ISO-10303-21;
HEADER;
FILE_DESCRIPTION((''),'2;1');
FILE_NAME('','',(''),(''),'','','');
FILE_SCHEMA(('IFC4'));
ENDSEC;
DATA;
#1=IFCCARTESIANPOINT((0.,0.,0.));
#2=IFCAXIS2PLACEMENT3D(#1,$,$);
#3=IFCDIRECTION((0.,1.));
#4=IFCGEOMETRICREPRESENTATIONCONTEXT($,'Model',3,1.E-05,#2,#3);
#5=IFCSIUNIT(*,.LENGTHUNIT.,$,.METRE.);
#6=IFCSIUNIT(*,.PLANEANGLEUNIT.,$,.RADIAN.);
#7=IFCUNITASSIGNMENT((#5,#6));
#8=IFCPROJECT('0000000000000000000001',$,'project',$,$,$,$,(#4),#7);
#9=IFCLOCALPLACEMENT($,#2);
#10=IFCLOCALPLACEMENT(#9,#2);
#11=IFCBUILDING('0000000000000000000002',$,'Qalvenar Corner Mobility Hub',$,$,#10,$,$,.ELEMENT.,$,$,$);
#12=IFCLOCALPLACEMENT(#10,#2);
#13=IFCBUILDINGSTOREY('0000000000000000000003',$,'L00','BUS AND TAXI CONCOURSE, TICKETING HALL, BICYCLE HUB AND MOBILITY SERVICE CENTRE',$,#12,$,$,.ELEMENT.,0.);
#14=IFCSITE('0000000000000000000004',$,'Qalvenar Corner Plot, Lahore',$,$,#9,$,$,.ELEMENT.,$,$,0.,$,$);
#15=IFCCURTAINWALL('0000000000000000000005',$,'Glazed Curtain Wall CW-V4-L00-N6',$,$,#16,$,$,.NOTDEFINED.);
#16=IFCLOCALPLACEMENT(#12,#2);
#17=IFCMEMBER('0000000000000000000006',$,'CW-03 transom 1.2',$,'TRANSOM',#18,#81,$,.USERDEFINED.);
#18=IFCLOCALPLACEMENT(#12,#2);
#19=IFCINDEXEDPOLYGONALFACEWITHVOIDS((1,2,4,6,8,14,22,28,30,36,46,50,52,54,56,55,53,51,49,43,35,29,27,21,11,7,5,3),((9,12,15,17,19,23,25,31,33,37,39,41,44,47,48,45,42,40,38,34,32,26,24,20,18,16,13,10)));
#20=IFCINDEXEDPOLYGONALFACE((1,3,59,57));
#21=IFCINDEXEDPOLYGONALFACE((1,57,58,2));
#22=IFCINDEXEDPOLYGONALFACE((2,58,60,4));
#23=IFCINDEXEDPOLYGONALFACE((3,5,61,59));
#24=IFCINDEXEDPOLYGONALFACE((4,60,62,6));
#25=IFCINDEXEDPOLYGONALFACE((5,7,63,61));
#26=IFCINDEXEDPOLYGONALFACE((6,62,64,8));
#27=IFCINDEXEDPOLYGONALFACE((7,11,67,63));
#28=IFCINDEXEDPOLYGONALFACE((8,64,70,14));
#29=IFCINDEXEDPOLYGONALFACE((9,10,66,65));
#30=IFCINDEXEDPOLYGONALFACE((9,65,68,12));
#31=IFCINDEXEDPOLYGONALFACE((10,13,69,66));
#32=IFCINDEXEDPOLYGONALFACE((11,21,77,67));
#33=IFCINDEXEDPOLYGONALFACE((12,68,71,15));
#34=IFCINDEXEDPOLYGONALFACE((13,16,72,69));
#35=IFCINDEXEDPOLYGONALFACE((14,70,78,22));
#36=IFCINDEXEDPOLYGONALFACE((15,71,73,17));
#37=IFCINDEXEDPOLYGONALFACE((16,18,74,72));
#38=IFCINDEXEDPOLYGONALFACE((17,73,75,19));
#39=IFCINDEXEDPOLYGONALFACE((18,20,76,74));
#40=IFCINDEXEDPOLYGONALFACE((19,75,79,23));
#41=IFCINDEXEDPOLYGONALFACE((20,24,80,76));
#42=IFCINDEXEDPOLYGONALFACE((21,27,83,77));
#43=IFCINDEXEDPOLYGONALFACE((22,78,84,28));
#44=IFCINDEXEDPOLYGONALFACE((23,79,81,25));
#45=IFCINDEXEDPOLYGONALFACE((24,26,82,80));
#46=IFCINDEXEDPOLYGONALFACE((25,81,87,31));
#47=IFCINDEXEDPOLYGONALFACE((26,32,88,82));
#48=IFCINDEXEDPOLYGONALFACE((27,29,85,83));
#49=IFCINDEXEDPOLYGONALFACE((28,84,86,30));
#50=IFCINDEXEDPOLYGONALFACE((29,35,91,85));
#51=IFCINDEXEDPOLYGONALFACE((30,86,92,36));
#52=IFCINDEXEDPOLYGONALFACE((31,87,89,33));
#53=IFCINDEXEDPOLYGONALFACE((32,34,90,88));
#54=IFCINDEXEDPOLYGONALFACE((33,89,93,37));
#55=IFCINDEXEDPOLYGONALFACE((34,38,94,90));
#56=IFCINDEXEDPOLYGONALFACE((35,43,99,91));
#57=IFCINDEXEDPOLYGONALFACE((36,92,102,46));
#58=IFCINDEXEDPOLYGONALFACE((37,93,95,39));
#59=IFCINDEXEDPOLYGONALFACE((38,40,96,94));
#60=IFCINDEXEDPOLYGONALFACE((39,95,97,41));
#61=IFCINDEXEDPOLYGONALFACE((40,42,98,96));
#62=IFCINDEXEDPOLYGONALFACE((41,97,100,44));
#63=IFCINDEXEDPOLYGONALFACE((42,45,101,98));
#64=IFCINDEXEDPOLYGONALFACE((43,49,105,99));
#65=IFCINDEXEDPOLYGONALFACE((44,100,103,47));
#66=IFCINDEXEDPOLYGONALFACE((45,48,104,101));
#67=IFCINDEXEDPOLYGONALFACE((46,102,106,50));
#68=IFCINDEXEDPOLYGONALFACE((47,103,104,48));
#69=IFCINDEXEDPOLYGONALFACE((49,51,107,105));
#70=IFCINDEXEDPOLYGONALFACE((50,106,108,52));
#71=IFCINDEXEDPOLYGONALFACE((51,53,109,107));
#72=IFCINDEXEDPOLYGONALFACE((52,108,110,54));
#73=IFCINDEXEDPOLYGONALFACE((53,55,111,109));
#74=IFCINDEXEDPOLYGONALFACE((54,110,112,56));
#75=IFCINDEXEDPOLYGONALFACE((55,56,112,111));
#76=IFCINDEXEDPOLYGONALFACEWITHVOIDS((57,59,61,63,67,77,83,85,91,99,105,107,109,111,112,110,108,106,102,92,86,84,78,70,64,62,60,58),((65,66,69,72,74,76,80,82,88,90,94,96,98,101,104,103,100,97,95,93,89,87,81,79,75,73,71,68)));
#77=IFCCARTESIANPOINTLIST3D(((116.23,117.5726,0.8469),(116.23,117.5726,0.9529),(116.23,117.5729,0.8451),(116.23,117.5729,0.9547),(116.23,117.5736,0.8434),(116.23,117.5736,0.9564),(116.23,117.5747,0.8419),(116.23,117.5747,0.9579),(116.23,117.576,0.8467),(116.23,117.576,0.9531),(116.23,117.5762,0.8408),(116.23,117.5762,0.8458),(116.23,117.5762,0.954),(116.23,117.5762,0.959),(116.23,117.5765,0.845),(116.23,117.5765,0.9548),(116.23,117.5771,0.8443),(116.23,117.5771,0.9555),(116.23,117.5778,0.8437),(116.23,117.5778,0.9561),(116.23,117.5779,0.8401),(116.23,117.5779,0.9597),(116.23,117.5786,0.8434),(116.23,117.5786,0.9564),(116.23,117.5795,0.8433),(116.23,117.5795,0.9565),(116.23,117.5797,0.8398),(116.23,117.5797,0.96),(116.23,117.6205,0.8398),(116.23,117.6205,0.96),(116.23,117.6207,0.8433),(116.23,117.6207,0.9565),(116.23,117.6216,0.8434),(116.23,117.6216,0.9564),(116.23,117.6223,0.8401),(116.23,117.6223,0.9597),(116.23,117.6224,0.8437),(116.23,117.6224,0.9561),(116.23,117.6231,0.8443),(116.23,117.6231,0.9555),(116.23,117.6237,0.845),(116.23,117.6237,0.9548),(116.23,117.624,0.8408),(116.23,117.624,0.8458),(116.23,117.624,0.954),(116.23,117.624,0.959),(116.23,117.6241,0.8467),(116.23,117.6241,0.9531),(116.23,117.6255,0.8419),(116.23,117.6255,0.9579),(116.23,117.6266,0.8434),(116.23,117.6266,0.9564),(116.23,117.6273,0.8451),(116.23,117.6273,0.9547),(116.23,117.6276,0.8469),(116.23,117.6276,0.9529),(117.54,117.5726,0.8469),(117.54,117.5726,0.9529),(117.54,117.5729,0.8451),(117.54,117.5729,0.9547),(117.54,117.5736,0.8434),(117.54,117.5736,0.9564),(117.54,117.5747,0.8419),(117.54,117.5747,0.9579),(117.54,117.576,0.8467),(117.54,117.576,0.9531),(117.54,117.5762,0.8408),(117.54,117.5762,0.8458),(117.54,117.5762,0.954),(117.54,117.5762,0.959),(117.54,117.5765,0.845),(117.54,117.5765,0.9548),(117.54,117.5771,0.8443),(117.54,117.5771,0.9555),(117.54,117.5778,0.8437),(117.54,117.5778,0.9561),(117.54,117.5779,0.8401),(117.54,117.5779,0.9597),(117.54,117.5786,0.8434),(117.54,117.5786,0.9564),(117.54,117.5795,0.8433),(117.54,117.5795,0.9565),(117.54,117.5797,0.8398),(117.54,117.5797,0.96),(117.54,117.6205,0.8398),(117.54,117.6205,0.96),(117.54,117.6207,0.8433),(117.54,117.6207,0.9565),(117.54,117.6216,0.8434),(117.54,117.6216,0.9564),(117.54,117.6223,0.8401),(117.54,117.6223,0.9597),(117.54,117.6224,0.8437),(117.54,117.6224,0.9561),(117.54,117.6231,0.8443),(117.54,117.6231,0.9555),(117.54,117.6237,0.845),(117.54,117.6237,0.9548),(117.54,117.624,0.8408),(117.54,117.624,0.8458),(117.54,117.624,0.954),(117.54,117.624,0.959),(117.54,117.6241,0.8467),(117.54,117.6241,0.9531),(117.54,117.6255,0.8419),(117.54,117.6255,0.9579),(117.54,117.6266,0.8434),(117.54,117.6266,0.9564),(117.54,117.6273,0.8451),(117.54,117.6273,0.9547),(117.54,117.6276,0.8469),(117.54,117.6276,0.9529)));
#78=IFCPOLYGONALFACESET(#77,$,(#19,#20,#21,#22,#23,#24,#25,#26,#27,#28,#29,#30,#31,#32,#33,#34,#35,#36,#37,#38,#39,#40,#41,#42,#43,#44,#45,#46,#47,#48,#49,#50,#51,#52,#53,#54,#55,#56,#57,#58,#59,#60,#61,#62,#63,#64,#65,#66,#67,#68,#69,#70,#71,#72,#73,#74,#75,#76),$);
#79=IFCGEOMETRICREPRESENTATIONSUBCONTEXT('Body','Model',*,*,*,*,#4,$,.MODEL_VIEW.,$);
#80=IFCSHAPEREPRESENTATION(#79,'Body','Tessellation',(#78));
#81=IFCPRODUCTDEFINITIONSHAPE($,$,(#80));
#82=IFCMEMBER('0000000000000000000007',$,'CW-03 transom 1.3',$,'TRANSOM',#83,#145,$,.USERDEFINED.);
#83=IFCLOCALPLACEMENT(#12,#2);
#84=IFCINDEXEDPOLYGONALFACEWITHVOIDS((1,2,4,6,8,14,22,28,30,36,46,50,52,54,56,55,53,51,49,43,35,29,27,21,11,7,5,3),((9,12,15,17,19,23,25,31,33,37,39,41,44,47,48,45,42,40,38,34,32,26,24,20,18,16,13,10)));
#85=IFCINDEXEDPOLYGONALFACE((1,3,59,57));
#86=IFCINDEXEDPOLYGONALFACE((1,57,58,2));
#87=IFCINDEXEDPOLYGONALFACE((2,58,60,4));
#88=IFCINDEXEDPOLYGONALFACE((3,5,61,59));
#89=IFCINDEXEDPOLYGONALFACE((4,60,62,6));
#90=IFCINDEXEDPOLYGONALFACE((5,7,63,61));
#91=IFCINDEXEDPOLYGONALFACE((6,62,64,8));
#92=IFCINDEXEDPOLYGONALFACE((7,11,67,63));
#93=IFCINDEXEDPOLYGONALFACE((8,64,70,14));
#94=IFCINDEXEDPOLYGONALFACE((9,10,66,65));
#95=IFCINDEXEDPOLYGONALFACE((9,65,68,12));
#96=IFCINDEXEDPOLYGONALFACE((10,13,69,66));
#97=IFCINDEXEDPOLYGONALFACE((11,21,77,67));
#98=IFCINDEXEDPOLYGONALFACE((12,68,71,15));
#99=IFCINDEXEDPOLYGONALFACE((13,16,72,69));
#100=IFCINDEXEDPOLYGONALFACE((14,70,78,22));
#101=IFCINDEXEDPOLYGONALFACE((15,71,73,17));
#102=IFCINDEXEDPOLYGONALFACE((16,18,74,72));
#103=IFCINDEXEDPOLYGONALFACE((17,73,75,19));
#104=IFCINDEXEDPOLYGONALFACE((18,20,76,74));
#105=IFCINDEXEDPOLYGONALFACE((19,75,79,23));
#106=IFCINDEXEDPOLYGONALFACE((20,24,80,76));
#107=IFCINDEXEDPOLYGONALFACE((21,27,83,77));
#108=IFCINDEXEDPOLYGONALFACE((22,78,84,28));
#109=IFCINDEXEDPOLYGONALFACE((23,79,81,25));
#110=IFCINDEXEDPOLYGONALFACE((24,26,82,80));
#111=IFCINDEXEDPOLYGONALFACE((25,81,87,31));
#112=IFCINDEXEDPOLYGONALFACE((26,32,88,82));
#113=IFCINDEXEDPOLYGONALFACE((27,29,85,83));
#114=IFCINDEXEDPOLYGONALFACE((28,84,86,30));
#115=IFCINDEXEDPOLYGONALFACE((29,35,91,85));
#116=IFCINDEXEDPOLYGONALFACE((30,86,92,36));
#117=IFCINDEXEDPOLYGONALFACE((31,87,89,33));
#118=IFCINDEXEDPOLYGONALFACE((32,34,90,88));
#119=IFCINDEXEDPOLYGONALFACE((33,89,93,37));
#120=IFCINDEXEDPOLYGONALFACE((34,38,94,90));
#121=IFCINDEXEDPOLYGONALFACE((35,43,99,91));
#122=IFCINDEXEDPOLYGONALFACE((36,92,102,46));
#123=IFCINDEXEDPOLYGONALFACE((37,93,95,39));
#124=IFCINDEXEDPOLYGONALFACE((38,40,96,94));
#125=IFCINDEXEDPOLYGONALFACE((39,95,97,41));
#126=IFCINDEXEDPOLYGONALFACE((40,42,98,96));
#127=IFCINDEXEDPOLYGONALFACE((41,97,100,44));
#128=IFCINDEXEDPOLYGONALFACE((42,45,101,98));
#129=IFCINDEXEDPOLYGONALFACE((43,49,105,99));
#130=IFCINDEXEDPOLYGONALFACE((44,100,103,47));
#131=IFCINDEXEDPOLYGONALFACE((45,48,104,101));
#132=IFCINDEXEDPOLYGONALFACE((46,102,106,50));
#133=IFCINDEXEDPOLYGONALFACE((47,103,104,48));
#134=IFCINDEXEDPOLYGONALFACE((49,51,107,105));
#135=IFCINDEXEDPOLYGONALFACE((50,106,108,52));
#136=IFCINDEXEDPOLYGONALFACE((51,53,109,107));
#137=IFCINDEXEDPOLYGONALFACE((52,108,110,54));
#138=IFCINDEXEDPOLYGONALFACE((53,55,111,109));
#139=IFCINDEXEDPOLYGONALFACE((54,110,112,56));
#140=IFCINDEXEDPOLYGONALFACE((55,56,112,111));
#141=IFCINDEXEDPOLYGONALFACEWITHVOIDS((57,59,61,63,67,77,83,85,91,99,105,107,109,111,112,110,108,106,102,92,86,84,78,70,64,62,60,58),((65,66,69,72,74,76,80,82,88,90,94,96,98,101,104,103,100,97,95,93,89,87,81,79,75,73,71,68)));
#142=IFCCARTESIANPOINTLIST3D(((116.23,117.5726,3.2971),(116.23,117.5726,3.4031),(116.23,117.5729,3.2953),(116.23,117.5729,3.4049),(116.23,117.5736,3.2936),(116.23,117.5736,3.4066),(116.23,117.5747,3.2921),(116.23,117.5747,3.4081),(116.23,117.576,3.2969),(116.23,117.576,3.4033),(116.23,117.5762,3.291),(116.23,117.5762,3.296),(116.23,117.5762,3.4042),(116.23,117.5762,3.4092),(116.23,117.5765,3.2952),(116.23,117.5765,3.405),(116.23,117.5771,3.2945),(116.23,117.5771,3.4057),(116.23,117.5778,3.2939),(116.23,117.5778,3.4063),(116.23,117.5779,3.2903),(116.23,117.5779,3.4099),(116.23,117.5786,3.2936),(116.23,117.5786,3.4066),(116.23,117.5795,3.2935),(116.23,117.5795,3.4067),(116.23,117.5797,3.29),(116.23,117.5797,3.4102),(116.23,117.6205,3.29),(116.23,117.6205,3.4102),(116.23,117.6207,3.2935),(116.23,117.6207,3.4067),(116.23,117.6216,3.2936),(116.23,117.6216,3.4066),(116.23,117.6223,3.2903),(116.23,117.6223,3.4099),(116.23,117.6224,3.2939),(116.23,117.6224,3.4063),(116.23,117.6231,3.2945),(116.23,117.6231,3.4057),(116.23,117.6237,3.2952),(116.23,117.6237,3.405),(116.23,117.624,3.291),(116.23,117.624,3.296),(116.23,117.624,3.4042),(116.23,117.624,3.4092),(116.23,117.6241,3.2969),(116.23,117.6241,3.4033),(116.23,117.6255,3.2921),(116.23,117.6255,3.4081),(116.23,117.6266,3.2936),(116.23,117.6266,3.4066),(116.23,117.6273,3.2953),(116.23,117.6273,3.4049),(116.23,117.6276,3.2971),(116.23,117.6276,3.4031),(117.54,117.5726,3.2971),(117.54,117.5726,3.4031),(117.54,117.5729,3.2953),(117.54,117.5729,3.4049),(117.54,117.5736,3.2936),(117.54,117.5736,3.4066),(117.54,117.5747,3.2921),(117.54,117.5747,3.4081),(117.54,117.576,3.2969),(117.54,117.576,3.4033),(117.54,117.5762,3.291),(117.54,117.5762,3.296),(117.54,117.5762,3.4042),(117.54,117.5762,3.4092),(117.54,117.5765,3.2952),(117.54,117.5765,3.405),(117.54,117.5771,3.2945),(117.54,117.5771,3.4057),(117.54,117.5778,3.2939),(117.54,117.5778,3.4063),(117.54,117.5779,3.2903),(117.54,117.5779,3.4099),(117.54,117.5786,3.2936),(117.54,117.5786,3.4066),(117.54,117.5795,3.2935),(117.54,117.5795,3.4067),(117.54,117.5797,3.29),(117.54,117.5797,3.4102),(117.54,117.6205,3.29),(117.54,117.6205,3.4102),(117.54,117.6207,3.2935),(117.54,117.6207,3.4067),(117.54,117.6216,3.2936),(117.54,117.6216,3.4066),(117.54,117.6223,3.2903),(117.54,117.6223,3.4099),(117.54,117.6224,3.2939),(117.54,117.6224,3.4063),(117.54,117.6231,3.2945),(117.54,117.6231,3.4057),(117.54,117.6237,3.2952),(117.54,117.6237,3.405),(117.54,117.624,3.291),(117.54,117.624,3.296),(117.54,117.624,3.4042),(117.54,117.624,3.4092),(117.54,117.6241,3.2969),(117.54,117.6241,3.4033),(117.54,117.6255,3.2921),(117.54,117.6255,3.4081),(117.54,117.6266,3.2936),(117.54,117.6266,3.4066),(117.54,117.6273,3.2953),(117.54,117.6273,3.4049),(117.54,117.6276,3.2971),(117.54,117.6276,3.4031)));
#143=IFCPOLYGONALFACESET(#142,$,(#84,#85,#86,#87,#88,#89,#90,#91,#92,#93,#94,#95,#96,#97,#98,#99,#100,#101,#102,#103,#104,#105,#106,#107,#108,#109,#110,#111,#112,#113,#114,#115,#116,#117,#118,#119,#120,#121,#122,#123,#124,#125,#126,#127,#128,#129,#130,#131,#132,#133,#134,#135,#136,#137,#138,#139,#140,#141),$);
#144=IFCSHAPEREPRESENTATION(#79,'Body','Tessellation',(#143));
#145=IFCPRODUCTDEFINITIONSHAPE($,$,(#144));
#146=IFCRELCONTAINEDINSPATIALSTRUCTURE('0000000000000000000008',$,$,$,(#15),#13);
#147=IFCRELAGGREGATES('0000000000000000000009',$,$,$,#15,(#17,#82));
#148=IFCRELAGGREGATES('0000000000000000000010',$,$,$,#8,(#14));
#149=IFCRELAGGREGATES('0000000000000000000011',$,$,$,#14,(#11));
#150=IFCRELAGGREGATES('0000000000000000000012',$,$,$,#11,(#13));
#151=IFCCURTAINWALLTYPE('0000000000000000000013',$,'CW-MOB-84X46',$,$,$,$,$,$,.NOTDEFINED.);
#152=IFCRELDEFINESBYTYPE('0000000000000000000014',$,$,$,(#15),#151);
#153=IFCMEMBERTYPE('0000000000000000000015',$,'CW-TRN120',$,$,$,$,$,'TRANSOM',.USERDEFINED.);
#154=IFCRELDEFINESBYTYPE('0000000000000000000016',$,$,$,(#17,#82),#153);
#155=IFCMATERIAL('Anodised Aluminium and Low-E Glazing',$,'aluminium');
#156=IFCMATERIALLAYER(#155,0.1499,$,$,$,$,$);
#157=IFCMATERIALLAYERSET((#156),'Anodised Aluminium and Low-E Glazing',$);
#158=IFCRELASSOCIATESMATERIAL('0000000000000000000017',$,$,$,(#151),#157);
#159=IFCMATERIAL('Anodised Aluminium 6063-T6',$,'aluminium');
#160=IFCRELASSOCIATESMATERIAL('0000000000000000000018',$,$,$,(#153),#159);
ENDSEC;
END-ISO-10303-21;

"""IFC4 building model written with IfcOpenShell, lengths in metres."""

from ifc_helpers import new_model, si_unit, direction, frame, origin, origin_2d, place, context, subcontext, project, spatial, hollow_rectangle, extrude, material, layer, layer_set, material_profile, profile_set, type_object, element, aggregate, save


model = new_model("IFC4")

# Units and contexts
model_context = context("Model", 3, precision=1e-05, world=origin(), true_north=direction((0.0, 1.0)))
body_context = subcontext(model_context, "Body", "Model", "MODEL_VIEW")
ifc_project = project(units=[si_unit("LENGTHUNIT", "METRE"), si_unit("PLANEANGLEUNIT", "RADIAN")], contexts=[model_context])

# Site, building, storey
site_placement = place(None, origin())
site = spatial("IfcSite", under=ifc_project, at=site_placement, Name="Qalvenar Corner Plot, Lahore", CompositionType="ELEMENT", RefElevation=0.0)
building_placement = place(site_placement, origin())
building = spatial("IfcBuilding", under=site, at=building_placement, Name="Qalvenar Corner Mobility Hub", CompositionType="ELEMENT")
storey_placement = place(building_placement, origin())
storey = spatial("IfcBuildingStorey", under=building, at=storey_placement, Name="L00", Description="BUS AND TAXI CONCOURSE, TICKETING HALL, BICYCLE HUB AND MOBILITY SERVICE CENTRE", CompositionType="ELEMENT", Elevation=0.0)

# Curtain wall, members
ifc_material_1 = material(Name="Anodised Aluminium and Low-E Glazing", Category="aluminium")
ifc_layer_1 = layer(ifc_material_1, 0.1499)
ifc_layer_set_1 = layer_set([ifc_layer_1], Name="Anodised Aluminium and Low-E Glazing")
curtain_wall_type = type_object("IfcCurtainWallType", Name="CW-MOB-84X46", PredefinedType="NOTDEFINED", material=ifc_layer_set_1)
curtain_wall_placement = place(storey_placement, origin())
curtain_wall = element("IfcCurtainWall", 1, at=curtain_wall_placement, inside=storey, type_object=curtain_wall_type, Name="Glazed Curtain Wall CW-V4-L00-N6", PredefinedType="NOTDEFINED")
ifc_material_2 = material(Name="Anodised Aluminium 6063-T6", Category="aluminium")
ifc_material_profile_1 = material_profile(ifc_material_2, hollow_rectangle(XDim=0.0549, YDim=0.1201, WallThickness=0.0034, InnerFilletRadius=0.0034, OuterFilletRadius=0.0071, at=origin_2d()), Name="RHS120x55x3.5")
ifc_profile_set_1 = profile_set([ifc_material_profile_1], Name="Anodised Aluminium 6063-T6")
member_type_1 = type_object("IfcMemberType", Name="CW-TRN120", ElementType="TRANSOM", PredefinedType="USERDEFINED", material=ifc_profile_set_1)
member_1_placement = place(storey_placement, frame((117.54, 117.6001, 0.8999), z_axis=(-1.0, 0.0, 0.0), x_axis=(0.0, -1.0, 0.0)))
member_1 = element("IfcMember", 2, at=member_1_placement, type_object=member_type_1, Name="CW-03 transom 1.2", ObjectType="TRANSOM", PredefinedType="USERDEFINED", context=body_context, shape_type="SweptSolid", body=[
    extrude(hollow_rectangle(XDim=0.0549, YDim=0.1201, WallThickness=0.0034, InnerFilletRadius=0.0034, OuterFilletRadius=0.0071, at=origin_2d()), origin(), (0.0, 0.0, 1.0), 1.3101),
])
member_2_placement = place(storey_placement, frame((117.54, 117.6001, 3.3501), z_axis=(-1.0, 0.0, 0.0), x_axis=(0.0, -1.0, 0.0)))
member_2 = element("IfcMember", 3, at=member_2_placement, type_object=member_type_1, Name="CW-03 transom 1.3", ObjectType="TRANSOM", PredefinedType="USERDEFINED", context=body_context, shape_type="SweptSolid", body=[
    extrude(hollow_rectangle(XDim=0.0549, YDim=0.1201, WallThickness=0.0034, InnerFilletRadius=0.0034, OuterFilletRadius=0.0071, at=origin_2d()), origin(), (0.0, 0.0, 1.0), 1.3101),
])
aggregate(curtain_wall, [member_1, member_2])

save(model, "model.ifc")
